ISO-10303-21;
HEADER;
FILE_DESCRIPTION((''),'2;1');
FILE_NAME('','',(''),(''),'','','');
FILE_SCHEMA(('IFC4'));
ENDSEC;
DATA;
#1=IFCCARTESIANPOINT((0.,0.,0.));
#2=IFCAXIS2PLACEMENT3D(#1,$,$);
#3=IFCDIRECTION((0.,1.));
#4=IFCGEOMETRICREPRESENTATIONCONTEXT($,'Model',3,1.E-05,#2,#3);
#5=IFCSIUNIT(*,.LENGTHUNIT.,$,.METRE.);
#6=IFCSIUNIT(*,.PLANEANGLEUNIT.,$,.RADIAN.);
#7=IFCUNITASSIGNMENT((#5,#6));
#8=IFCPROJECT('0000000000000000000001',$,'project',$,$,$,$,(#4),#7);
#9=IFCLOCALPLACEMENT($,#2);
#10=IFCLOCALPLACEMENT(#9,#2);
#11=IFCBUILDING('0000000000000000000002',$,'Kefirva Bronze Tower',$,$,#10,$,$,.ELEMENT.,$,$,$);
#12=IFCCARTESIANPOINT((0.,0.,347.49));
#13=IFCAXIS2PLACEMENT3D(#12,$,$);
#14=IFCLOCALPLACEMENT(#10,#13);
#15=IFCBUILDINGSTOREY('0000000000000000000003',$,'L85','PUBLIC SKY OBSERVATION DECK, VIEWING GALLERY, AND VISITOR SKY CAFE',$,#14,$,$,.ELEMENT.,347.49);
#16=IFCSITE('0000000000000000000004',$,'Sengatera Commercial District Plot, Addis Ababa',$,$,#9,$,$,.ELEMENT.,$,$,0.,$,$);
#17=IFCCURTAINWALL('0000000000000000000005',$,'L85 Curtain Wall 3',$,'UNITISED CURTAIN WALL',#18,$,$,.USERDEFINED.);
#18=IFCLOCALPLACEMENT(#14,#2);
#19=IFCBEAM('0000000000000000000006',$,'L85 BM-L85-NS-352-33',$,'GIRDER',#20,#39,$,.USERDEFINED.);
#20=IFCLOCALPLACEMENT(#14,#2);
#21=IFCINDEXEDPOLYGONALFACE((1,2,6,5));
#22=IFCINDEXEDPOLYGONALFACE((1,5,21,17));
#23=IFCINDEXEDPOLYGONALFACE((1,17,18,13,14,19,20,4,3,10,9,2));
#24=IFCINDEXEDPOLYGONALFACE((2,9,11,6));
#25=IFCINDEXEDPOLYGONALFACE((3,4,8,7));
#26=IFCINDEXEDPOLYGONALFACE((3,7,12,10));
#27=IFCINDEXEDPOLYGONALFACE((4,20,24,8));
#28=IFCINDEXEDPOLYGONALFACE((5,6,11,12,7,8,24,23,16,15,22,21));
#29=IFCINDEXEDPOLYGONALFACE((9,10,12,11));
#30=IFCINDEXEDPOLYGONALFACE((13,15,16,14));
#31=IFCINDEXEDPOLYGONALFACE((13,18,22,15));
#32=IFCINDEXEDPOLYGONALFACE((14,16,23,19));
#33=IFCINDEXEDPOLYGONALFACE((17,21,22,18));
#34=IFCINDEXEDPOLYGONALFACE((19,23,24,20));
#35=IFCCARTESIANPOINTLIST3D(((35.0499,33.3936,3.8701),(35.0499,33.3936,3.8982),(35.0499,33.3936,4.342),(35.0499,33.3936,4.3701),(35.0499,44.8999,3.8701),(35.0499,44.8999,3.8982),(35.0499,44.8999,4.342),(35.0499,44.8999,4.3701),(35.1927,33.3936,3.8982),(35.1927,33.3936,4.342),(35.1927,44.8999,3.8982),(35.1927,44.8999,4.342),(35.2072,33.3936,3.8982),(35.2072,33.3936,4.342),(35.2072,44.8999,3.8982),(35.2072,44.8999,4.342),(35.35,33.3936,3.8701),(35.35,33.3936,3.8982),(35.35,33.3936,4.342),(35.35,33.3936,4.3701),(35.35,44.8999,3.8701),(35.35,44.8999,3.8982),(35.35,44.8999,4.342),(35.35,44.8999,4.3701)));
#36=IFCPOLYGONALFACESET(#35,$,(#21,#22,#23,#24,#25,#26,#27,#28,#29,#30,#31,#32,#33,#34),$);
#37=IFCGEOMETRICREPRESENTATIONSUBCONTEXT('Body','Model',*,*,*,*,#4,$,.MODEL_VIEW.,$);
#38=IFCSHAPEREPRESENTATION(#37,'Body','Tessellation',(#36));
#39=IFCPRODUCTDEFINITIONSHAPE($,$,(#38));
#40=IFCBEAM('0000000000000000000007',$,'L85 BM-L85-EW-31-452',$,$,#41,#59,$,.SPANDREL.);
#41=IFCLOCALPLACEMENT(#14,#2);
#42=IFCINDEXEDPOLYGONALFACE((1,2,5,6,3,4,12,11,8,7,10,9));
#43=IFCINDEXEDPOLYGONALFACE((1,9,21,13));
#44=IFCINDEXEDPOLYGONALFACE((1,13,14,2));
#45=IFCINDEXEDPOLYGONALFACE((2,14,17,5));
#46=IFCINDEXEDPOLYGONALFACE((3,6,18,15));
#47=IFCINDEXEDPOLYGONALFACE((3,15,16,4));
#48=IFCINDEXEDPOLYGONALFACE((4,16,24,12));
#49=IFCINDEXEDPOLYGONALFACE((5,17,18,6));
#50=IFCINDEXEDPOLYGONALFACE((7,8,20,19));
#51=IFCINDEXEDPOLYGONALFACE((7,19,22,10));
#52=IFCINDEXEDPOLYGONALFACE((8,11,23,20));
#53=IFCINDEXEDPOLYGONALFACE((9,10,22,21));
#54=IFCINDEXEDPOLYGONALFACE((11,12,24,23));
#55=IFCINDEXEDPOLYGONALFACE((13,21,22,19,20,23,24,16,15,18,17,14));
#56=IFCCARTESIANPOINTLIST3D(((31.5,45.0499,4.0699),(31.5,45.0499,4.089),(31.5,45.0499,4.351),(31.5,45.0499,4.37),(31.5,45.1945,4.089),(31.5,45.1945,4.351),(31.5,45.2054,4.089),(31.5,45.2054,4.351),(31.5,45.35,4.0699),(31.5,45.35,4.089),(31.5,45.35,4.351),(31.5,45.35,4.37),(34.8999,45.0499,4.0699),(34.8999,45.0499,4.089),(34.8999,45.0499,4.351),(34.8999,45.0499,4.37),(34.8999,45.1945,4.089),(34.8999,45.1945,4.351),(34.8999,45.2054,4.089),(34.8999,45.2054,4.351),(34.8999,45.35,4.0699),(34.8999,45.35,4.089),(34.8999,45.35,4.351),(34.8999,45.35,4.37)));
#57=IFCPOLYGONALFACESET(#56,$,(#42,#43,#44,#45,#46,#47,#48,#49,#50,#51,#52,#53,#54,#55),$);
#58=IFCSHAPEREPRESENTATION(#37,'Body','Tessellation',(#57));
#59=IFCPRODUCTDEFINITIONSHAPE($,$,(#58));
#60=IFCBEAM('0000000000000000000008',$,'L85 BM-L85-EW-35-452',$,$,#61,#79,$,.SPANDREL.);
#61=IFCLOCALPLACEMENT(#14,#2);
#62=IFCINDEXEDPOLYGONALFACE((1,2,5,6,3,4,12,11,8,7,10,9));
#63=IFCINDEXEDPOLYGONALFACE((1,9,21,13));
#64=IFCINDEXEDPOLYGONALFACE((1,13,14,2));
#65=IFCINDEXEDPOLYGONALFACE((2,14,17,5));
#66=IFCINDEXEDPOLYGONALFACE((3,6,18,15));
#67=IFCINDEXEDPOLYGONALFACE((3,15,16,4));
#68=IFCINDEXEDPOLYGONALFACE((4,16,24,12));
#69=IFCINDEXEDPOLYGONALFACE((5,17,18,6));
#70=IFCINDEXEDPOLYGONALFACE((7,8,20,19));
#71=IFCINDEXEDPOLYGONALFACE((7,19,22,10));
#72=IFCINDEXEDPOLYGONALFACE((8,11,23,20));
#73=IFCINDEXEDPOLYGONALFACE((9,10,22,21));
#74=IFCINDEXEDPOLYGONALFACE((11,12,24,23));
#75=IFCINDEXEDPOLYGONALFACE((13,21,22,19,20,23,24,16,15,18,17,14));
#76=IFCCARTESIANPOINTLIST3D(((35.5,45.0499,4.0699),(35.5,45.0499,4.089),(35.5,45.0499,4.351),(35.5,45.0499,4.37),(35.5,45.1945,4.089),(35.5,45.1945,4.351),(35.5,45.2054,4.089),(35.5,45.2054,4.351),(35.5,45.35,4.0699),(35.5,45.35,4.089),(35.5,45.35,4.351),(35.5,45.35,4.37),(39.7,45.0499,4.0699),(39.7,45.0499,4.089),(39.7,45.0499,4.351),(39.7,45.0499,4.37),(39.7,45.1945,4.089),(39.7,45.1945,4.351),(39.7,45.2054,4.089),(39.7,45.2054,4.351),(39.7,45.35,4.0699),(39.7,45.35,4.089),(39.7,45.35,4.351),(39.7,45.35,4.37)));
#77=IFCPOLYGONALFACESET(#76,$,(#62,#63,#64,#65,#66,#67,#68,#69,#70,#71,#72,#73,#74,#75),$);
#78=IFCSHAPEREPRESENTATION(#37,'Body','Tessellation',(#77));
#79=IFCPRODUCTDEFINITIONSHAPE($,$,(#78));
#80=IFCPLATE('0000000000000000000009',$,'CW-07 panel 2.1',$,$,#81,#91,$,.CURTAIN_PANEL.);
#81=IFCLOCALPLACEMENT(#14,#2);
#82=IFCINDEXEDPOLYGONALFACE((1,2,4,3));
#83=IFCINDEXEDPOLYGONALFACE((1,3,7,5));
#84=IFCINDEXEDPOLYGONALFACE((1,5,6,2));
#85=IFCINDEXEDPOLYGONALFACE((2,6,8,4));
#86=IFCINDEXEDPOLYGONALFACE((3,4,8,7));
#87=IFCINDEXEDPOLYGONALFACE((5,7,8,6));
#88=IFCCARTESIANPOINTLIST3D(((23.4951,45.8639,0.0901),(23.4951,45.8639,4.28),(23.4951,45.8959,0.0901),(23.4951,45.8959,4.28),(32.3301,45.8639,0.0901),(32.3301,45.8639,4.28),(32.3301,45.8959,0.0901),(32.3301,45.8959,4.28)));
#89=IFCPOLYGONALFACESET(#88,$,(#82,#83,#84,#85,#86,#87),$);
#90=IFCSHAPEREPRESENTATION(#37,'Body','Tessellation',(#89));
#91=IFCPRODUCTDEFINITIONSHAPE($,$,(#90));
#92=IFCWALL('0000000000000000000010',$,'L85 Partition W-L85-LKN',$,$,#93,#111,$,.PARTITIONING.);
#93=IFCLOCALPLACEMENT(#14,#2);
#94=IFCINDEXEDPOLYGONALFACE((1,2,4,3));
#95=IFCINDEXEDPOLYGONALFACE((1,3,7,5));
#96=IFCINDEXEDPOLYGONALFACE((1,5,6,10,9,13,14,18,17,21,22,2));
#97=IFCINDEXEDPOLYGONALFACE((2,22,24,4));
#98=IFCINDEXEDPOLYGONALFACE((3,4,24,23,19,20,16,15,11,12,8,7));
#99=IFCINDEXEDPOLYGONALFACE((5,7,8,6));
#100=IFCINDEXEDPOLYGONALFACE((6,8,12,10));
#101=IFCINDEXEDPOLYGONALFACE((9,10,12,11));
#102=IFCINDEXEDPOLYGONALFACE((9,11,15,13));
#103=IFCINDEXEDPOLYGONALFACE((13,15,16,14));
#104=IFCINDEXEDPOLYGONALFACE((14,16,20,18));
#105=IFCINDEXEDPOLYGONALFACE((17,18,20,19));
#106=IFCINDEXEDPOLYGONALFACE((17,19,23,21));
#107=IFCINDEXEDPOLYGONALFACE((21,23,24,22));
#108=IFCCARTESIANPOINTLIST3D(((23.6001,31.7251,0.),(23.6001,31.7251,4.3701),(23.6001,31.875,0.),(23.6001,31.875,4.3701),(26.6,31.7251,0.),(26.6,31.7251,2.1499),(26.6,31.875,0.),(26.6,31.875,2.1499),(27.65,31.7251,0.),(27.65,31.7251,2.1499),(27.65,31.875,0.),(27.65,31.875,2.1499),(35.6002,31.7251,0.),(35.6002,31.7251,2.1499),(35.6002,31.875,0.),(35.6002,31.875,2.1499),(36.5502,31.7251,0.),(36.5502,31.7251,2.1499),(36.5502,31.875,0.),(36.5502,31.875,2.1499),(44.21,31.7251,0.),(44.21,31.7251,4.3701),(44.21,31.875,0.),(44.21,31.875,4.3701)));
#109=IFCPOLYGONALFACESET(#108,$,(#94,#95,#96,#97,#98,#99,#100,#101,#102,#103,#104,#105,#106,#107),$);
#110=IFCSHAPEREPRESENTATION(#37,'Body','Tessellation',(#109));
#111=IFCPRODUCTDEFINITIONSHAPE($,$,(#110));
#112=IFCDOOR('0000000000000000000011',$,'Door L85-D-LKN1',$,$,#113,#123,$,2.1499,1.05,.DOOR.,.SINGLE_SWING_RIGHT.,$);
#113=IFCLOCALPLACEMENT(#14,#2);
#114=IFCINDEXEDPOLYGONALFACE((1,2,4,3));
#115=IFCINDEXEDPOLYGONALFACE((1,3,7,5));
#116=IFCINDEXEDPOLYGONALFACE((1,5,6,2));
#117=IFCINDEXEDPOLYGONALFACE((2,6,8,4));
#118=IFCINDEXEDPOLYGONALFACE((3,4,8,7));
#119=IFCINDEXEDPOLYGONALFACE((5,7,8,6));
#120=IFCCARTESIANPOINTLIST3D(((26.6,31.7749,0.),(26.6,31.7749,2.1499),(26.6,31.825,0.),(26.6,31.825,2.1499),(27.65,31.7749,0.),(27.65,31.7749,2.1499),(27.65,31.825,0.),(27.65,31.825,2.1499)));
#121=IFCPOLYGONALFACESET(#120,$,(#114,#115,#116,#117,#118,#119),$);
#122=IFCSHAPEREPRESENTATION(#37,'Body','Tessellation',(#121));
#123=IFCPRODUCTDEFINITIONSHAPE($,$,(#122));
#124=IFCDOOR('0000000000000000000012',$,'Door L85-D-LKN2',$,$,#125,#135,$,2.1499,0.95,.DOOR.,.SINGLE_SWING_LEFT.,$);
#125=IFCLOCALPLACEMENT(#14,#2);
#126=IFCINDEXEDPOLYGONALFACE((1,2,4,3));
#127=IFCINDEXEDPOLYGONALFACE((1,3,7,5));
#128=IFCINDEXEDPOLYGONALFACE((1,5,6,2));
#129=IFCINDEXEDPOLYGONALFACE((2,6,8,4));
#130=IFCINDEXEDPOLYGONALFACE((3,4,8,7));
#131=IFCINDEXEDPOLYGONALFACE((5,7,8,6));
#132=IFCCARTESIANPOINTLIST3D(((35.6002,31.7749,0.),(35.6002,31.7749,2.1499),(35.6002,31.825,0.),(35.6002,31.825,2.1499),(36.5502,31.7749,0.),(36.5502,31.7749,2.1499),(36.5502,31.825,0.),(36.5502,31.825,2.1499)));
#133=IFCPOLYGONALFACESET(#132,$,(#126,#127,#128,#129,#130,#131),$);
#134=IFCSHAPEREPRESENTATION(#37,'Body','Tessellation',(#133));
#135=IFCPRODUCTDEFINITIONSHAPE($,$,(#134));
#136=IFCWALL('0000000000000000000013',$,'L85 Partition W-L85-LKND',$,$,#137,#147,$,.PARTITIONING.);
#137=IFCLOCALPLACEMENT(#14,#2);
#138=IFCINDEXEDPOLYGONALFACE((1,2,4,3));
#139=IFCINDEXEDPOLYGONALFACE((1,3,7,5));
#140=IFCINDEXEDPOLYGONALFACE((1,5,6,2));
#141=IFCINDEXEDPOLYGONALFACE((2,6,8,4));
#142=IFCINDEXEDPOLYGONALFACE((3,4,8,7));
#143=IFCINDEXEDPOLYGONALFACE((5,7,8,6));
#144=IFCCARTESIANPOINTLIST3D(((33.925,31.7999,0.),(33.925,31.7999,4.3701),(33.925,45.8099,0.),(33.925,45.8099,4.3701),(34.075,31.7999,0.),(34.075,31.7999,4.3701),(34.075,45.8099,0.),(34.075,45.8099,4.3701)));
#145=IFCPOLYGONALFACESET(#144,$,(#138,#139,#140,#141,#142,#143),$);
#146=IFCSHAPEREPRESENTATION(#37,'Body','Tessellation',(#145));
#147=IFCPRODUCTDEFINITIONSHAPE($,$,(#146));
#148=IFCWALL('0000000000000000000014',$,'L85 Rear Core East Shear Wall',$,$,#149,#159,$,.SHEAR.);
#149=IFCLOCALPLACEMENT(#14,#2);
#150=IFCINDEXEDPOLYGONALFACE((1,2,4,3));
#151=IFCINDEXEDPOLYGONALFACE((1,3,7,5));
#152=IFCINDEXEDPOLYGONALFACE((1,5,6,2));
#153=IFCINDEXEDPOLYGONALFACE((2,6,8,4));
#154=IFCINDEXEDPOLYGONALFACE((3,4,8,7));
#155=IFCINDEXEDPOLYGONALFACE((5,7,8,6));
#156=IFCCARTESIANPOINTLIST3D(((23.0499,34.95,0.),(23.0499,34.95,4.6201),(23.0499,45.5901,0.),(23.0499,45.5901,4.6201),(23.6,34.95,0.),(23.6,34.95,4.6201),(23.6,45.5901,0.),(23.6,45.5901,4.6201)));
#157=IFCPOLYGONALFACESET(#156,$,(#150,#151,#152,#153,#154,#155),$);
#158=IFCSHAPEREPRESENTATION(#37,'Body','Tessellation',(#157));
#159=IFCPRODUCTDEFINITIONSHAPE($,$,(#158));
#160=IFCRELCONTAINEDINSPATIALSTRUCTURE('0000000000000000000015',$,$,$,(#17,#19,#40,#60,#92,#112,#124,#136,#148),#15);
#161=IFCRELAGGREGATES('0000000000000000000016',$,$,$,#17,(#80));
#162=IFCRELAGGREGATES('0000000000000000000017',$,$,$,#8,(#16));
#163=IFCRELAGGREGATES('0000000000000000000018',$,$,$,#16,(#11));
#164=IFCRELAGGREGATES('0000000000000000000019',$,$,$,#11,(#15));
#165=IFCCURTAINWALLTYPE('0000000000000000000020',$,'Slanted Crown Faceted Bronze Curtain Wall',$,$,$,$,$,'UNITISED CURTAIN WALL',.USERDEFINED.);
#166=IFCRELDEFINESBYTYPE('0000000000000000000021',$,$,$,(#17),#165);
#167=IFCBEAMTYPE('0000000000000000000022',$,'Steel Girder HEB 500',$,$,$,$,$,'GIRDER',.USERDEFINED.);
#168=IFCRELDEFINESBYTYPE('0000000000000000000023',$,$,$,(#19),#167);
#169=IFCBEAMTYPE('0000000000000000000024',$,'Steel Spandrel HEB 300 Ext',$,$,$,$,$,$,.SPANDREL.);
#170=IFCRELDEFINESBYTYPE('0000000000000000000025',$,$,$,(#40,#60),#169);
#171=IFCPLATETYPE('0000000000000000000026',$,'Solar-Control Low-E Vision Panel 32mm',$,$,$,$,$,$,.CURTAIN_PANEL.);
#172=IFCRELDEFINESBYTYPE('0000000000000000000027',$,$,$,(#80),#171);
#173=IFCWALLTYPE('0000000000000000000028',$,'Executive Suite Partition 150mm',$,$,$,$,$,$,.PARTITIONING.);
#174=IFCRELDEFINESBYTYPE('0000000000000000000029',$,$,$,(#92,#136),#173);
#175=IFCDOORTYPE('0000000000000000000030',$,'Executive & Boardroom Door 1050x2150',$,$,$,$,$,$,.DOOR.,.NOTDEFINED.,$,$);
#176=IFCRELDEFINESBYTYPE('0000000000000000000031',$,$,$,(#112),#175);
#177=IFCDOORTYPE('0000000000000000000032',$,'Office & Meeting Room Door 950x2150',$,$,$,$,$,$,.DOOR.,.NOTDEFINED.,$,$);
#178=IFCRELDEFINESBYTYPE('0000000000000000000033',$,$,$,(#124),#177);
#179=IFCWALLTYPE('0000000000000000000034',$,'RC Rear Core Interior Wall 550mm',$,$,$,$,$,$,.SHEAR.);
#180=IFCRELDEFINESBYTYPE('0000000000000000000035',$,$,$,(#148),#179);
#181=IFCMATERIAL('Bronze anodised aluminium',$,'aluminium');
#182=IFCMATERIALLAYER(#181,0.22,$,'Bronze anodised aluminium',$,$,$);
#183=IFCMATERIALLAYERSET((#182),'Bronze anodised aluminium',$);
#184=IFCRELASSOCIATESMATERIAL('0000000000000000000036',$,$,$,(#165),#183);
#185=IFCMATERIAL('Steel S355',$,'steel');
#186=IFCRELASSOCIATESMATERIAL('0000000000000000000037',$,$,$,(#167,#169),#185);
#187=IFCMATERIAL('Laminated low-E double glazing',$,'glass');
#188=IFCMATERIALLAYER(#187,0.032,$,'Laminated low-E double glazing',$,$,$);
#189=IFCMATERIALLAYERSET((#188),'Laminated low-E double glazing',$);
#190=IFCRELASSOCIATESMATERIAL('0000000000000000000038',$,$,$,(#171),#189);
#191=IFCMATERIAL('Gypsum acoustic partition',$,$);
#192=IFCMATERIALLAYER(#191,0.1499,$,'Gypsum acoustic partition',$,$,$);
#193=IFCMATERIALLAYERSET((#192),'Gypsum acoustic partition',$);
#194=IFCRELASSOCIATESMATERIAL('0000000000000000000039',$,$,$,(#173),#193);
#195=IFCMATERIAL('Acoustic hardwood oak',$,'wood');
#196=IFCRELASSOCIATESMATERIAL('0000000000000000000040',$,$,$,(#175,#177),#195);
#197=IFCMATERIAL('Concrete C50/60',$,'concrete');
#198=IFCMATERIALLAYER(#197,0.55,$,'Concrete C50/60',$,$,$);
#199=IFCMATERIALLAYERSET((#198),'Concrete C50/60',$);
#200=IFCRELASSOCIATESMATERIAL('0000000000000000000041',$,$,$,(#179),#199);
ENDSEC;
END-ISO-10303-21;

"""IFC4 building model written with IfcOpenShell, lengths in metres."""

from ifc_helpers import new_model, si_unit, direction, frame, frame_2d, origin, origin_2d, place, context, subcontext, project, spatial, rectangle, i_section, extrude, material, layer, layer_set, material_profile, profile_set, type_object, element, fill, aggregate, save


model = new_model("IFC4")

# Units and contexts
model_context = context("Model", 3, precision=1e-05, world=origin(), true_north=direction((0.0, 1.0)))
body_context = subcontext(model_context, "Body", "Model", "MODEL_VIEW")
ifc_project = project(units=[si_unit("LENGTHUNIT", "METRE"), si_unit("PLANEANGLEUNIT", "RADIAN")], contexts=[model_context])

# Site, building, storey
site_placement = place(None, origin())
site = spatial("IfcSite", under=ifc_project, at=site_placement, Name="Sengatera Commercial District Plot, Addis Ababa", CompositionType="ELEMENT", RefElevation=0.0)
building_placement = place(site_placement, origin())
building = spatial("IfcBuilding", under=site, at=building_placement, Name="Kefirva Bronze Tower", CompositionType="ELEMENT")
storey_placement = place(building_placement, frame((0.0, 0.0, 347.49)))
storey = spatial("IfcBuildingStorey", under=building, at=storey_placement, Name="L85", Description="PUBLIC SKY OBSERVATION DECK, VIEWING GALLERY, AND VISITOR SKY CAFE", CompositionType="ELEMENT", Elevation=347.49)

# Shared definitions
ifc_material_1 = material(Name="Concrete C50/60", Category="concrete")

# Curtain wall
ifc_material_2 = material(Name="Bronze anodised aluminium", Category="aluminium")
ifc_layer_1 = layer(ifc_material_2, 0.22, Name="Bronze anodised aluminium")
ifc_layer_set_1 = layer_set([ifc_layer_1], Name="Bronze anodised aluminium")
curtain_wall_type = type_object("IfcCurtainWallType", Name="Slanted Crown Faceted Bronze Curtain Wall", ElementType="UNITISED CURTAIN WALL", PredefinedType="USERDEFINED", material=ifc_layer_set_1)
curtain_wall_placement = place(storey_placement, origin())
curtain_wall = element("IfcCurtainWall", 1, at=curtain_wall_placement, inside=storey, type_object=curtain_wall_type, Name="L85 Curtain Wall 3", ObjectType="UNITISED CURTAIN WALL", PredefinedType="USERDEFINED")

# Beams
ifc_material_3 = material(Name="Steel S355", Category="steel")
ifc_material_profile_1 = material_profile(ifc_material_3, i_section(OverallWidth=0.3, OverallDepth=0.5, WebThickness=0.0144, FlangeThickness=0.0281, at=origin_2d()), Name="HEB 500")
ifc_profile_set_1 = profile_set([ifc_material_profile_1], Name="Steel S355")
beam_type_1 = type_object("IfcBeamType", Name="Steel Girder HEB 500", ElementType="GIRDER", PredefinedType="USERDEFINED", material=ifc_profile_set_1)
beam_1_placement = place(storey_placement, frame((35.2, 33.3936, 4.1201), z_axis=(0.0, 1.0, 0.0), x_axis=(-1.0, 0.0, 0.0)))
element("IfcBeam", 2, at=beam_1_placement, inside=storey, type_object=beam_type_1, Name="L85 BM-L85-NS-352-33", ObjectType="GIRDER", PredefinedType="USERDEFINED", context=body_context, shape_type="SweptSolid", body=[
    extrude(i_section(OverallWidth=0.3, OverallDepth=0.5, WebThickness=0.0144, FlangeThickness=0.0281, at=origin_2d()), origin(), (0.0, 0.0, 1.0), 11.5063),
])
ifc_material_profile_2 = material_profile(ifc_material_3, i_section(OverallWidth=0.3, OverallDepth=0.3, WebThickness=0.011, FlangeThickness=0.019, at=origin_2d()), Name="HEB 300")
ifc_profile_set_2 = profile_set([ifc_material_profile_2], Name="Steel S355")
beam_type_2 = type_object("IfcBeamType", Name="Steel Spandrel HEB 300 Ext", PredefinedType="SPANDREL", material=ifc_profile_set_2)
beam_2_placement = place(storey_placement, frame((31.5, 45.2, 4.22), z_axis=(1.0, 0.0, 0.0), x_axis=(0.0, 1.0, 0.0)))
element("IfcBeam", 3, at=beam_2_placement, inside=storey, type_object=beam_type_2, Name="L85 BM-L85-EW-31-452", PredefinedType="SPANDREL", context=body_context, shape_type="SweptSolid", body=[
    extrude(i_section(OverallWidth=0.3, OverallDepth=0.3, WebThickness=0.011, FlangeThickness=0.019, at=origin_2d()), origin(), (0.0, 0.0, 1.0), 3.3999),
])
beam_3_placement = place(storey_placement, frame((35.5, 45.2, 4.22), z_axis=(1.0, 0.0, 0.0), x_axis=(0.0, 1.0, 0.0)))
element("IfcBeam", 4, at=beam_3_placement, inside=storey, type_object=beam_type_2, Name="L85 BM-L85-EW-35-452", PredefinedType="SPANDREL", context=body_context, shape_type="SweptSolid", body=[
    extrude(i_section(OverallWidth=0.3, OverallDepth=0.3, WebThickness=0.011, FlangeThickness=0.019, at=origin_2d()), origin(), (0.0, 0.0, 1.0), 4.2),
])

# Plate
ifc_material_4 = material(Name="Laminated low-E double glazing", Category="glass")
ifc_layer_2 = layer(ifc_material_4, 0.032, Name="Laminated low-E double glazing")
ifc_layer_set_2 = layer_set([ifc_layer_2], Name="Laminated low-E double glazing")
plate_type = type_object("IfcPlateType", Name="Solar-Control Low-E Vision Panel 32mm", PredefinedType="CURTAIN_PANEL", material=ifc_layer_set_2)
plate_placement = place(storey_placement, frame((27.9126, 45.8799, 0.0901), z_axis=(0.0, 0.0, 1.0), x_axis=(-1.0, 0.0, 0.0)))
plate = element("IfcPlate", 5, at=plate_placement, type_object=plate_type, Name="CW-07 panel 2.1", PredefinedType="CURTAIN_PANEL", context=body_context, shape_type="SweptSolid", body=[
    extrude(rectangle(XDim=8.835, YDim=0.032, at=origin_2d()), origin(), (0.0, 0.0, 1.0), 4.1899),
])
aggregate(curtain_wall, [plate])

# Wall, openings, doors
ifc_material_5 = material(Name="Gypsum acoustic partition")
ifc_layer_3 = layer(ifc_material_5, 0.1499, Name="Gypsum acoustic partition")
ifc_layer_set_3 = layer_set([ifc_layer_3], Name="Gypsum acoustic partition")
wall_type_1 = type_object("IfcWallType", Name="Executive Suite Partition 150mm", PredefinedType="PARTITIONING", material=ifc_layer_set_3)
wall_1_placement = place(storey_placement, frame((23.6001, 31.8, 0.0), z_axis=(0.0, 0.0, 1.0), x_axis=(1.0, 0.0, 0.0)))
wall_1 = element("IfcWall", 6, at=wall_1_placement, inside=storey, type_object=wall_type_1, Name="L85 Partition W-L85-LKN", PredefinedType="PARTITIONING", context=body_context, shape_type="SweptSolid", body=[
    extrude(rectangle(XDim=20.6099, YDim=0.1499, at=frame_2d((10.3049, 0.0))), origin(), (0.0, 0.0, 1.0), 4.3701),
])
opening_1_placement = place(wall_1_placement, frame((3.0, 0.0, 0.0)))
opening_1 = element("IfcOpeningElement", 7, at=opening_1_placement, cuts=wall_1, PredefinedType="OPENING", context=body_context, shape_type="SweptSolid", body=[
    extrude(rectangle(XDim=1.05, YDim=2.1499, at=frame_2d((0.5249, 1.075))), frame((0.0, 0.085, 0.0), z_axis=(0.0, -1.0, 0.0), x_axis=(1.0, 0.0, 0.0)), (0.0, 0.0, 1.0), 0.1699),
])
opening_2_placement = place(wall_1_placement, frame((12.0, 0.0, 0.0)))
opening_2 = element("IfcOpeningElement", 8, at=opening_2_placement, cuts=wall_1, PredefinedType="OPENING", context=body_context, shape_type="SweptSolid", body=[
    extrude(rectangle(XDim=0.95, YDim=2.1499, at=frame_2d((0.4751, 1.075))), frame((0.0, 0.085, 0.0), z_axis=(0.0, -1.0, 0.0), x_axis=(1.0, 0.0, 0.0)), (0.0, 0.0, 1.0), 0.1699),
])
ifc_material_6 = material(Name="Acoustic hardwood oak", Category="wood")
door_type_1 = type_object("IfcDoorType", Name="Executive & Boardroom Door 1050x2150", OperationType="NOTDEFINED", PredefinedType="DOOR", material=ifc_material_6)
door_1_placement = place(opening_1_placement, origin())
door_1 = element("IfcDoor", 9, at=door_1_placement, inside=storey, type_object=door_type_1, Name="Door L85-D-LKN1", OperationType="SINGLE_SWING_RIGHT", OverallHeight=2.1499, OverallWidth=1.05, PredefinedType="DOOR", context=body_context, shape_type="SweptSolid", body=[
    extrude(rectangle(XDim=1.05, YDim=2.1499, at=frame_2d((0.5249, 1.075))), frame((0.0, 0.0249, 0.0), z_axis=(0.0, -1.0, 0.0), x_axis=(1.0, 0.0, 0.0)), (0.0, 0.0, 1.0), 0.05),
])
fill(opening_1, door_1)
door_type_2 = type_object("IfcDoorType", Name="Office & Meeting Room Door 950x2150", OperationType="NOTDEFINED", PredefinedType="DOOR", material=ifc_material_6)
door_2_placement = place(opening_2_placement, origin())
door_2 = element("IfcDoor", 10, at=door_2_placement, inside=storey, type_object=door_type_2, Name="Door L85-D-LKN2", OperationType="SINGLE_SWING_LEFT", OverallHeight=2.1499, OverallWidth=0.95, PredefinedType="DOOR", context=body_context, shape_type="SweptSolid", body=[
    extrude(rectangle(XDim=0.95, YDim=2.1499, at=frame_2d((0.4751, 1.075))), frame((0.0, 0.0249, 0.0), z_axis=(0.0, -1.0, 0.0), x_axis=(1.0, 0.0, 0.0)), (0.0, 0.0, 1.0), 0.05),
])
fill(opening_2, door_2)

# Walls
wall_2_placement = place(storey_placement, frame((34.0, 31.8, 0.0), z_axis=(0.0, 0.0, 1.0), x_axis=(0.0, 1.0, 0.0)))
element("IfcWall", 11, at=wall_2_placement, inside=storey, type_object=wall_type_1, Name="L85 Partition W-L85-LKND", PredefinedType="PARTITIONING", context=body_context, shape_type="SweptSolid", body=[
    extrude(rectangle(XDim=14.01, YDim=0.1499, at=frame_2d((7.0049, 0.0))), origin(), (0.0, 0.0, 1.0), 4.3701),
])
ifc_layer_4 = layer(ifc_material_1, 0.55, Name="Concrete C50/60")
ifc_layer_set_4 = layer_set([ifc_layer_4], Name="Concrete C50/60")
wall_type_2 = type_object("IfcWallType", Name="RC Rear Core Interior Wall 550mm", PredefinedType="SHEAR", material=ifc_layer_set_4)
wall_3_placement = place(storey_placement, frame((23.325, 34.95, 0.0), z_axis=(0.0, 0.0, 1.0), x_axis=(0.0, 1.0, 0.0)))
element("IfcWall", 12, at=wall_3_placement, inside=storey, type_object=wall_type_2, Name="L85 Rear Core East Shear Wall", PredefinedType="SHEAR", context=body_context, shape_type="SweptSolid", body=[
    extrude(rectangle(XDim=10.6401, YDim=0.55, at=frame_2d((5.3201, 0.0))), origin(), (0.0, 0.0, 1.0), 4.6201),
])

save(model, "model.ifc")
